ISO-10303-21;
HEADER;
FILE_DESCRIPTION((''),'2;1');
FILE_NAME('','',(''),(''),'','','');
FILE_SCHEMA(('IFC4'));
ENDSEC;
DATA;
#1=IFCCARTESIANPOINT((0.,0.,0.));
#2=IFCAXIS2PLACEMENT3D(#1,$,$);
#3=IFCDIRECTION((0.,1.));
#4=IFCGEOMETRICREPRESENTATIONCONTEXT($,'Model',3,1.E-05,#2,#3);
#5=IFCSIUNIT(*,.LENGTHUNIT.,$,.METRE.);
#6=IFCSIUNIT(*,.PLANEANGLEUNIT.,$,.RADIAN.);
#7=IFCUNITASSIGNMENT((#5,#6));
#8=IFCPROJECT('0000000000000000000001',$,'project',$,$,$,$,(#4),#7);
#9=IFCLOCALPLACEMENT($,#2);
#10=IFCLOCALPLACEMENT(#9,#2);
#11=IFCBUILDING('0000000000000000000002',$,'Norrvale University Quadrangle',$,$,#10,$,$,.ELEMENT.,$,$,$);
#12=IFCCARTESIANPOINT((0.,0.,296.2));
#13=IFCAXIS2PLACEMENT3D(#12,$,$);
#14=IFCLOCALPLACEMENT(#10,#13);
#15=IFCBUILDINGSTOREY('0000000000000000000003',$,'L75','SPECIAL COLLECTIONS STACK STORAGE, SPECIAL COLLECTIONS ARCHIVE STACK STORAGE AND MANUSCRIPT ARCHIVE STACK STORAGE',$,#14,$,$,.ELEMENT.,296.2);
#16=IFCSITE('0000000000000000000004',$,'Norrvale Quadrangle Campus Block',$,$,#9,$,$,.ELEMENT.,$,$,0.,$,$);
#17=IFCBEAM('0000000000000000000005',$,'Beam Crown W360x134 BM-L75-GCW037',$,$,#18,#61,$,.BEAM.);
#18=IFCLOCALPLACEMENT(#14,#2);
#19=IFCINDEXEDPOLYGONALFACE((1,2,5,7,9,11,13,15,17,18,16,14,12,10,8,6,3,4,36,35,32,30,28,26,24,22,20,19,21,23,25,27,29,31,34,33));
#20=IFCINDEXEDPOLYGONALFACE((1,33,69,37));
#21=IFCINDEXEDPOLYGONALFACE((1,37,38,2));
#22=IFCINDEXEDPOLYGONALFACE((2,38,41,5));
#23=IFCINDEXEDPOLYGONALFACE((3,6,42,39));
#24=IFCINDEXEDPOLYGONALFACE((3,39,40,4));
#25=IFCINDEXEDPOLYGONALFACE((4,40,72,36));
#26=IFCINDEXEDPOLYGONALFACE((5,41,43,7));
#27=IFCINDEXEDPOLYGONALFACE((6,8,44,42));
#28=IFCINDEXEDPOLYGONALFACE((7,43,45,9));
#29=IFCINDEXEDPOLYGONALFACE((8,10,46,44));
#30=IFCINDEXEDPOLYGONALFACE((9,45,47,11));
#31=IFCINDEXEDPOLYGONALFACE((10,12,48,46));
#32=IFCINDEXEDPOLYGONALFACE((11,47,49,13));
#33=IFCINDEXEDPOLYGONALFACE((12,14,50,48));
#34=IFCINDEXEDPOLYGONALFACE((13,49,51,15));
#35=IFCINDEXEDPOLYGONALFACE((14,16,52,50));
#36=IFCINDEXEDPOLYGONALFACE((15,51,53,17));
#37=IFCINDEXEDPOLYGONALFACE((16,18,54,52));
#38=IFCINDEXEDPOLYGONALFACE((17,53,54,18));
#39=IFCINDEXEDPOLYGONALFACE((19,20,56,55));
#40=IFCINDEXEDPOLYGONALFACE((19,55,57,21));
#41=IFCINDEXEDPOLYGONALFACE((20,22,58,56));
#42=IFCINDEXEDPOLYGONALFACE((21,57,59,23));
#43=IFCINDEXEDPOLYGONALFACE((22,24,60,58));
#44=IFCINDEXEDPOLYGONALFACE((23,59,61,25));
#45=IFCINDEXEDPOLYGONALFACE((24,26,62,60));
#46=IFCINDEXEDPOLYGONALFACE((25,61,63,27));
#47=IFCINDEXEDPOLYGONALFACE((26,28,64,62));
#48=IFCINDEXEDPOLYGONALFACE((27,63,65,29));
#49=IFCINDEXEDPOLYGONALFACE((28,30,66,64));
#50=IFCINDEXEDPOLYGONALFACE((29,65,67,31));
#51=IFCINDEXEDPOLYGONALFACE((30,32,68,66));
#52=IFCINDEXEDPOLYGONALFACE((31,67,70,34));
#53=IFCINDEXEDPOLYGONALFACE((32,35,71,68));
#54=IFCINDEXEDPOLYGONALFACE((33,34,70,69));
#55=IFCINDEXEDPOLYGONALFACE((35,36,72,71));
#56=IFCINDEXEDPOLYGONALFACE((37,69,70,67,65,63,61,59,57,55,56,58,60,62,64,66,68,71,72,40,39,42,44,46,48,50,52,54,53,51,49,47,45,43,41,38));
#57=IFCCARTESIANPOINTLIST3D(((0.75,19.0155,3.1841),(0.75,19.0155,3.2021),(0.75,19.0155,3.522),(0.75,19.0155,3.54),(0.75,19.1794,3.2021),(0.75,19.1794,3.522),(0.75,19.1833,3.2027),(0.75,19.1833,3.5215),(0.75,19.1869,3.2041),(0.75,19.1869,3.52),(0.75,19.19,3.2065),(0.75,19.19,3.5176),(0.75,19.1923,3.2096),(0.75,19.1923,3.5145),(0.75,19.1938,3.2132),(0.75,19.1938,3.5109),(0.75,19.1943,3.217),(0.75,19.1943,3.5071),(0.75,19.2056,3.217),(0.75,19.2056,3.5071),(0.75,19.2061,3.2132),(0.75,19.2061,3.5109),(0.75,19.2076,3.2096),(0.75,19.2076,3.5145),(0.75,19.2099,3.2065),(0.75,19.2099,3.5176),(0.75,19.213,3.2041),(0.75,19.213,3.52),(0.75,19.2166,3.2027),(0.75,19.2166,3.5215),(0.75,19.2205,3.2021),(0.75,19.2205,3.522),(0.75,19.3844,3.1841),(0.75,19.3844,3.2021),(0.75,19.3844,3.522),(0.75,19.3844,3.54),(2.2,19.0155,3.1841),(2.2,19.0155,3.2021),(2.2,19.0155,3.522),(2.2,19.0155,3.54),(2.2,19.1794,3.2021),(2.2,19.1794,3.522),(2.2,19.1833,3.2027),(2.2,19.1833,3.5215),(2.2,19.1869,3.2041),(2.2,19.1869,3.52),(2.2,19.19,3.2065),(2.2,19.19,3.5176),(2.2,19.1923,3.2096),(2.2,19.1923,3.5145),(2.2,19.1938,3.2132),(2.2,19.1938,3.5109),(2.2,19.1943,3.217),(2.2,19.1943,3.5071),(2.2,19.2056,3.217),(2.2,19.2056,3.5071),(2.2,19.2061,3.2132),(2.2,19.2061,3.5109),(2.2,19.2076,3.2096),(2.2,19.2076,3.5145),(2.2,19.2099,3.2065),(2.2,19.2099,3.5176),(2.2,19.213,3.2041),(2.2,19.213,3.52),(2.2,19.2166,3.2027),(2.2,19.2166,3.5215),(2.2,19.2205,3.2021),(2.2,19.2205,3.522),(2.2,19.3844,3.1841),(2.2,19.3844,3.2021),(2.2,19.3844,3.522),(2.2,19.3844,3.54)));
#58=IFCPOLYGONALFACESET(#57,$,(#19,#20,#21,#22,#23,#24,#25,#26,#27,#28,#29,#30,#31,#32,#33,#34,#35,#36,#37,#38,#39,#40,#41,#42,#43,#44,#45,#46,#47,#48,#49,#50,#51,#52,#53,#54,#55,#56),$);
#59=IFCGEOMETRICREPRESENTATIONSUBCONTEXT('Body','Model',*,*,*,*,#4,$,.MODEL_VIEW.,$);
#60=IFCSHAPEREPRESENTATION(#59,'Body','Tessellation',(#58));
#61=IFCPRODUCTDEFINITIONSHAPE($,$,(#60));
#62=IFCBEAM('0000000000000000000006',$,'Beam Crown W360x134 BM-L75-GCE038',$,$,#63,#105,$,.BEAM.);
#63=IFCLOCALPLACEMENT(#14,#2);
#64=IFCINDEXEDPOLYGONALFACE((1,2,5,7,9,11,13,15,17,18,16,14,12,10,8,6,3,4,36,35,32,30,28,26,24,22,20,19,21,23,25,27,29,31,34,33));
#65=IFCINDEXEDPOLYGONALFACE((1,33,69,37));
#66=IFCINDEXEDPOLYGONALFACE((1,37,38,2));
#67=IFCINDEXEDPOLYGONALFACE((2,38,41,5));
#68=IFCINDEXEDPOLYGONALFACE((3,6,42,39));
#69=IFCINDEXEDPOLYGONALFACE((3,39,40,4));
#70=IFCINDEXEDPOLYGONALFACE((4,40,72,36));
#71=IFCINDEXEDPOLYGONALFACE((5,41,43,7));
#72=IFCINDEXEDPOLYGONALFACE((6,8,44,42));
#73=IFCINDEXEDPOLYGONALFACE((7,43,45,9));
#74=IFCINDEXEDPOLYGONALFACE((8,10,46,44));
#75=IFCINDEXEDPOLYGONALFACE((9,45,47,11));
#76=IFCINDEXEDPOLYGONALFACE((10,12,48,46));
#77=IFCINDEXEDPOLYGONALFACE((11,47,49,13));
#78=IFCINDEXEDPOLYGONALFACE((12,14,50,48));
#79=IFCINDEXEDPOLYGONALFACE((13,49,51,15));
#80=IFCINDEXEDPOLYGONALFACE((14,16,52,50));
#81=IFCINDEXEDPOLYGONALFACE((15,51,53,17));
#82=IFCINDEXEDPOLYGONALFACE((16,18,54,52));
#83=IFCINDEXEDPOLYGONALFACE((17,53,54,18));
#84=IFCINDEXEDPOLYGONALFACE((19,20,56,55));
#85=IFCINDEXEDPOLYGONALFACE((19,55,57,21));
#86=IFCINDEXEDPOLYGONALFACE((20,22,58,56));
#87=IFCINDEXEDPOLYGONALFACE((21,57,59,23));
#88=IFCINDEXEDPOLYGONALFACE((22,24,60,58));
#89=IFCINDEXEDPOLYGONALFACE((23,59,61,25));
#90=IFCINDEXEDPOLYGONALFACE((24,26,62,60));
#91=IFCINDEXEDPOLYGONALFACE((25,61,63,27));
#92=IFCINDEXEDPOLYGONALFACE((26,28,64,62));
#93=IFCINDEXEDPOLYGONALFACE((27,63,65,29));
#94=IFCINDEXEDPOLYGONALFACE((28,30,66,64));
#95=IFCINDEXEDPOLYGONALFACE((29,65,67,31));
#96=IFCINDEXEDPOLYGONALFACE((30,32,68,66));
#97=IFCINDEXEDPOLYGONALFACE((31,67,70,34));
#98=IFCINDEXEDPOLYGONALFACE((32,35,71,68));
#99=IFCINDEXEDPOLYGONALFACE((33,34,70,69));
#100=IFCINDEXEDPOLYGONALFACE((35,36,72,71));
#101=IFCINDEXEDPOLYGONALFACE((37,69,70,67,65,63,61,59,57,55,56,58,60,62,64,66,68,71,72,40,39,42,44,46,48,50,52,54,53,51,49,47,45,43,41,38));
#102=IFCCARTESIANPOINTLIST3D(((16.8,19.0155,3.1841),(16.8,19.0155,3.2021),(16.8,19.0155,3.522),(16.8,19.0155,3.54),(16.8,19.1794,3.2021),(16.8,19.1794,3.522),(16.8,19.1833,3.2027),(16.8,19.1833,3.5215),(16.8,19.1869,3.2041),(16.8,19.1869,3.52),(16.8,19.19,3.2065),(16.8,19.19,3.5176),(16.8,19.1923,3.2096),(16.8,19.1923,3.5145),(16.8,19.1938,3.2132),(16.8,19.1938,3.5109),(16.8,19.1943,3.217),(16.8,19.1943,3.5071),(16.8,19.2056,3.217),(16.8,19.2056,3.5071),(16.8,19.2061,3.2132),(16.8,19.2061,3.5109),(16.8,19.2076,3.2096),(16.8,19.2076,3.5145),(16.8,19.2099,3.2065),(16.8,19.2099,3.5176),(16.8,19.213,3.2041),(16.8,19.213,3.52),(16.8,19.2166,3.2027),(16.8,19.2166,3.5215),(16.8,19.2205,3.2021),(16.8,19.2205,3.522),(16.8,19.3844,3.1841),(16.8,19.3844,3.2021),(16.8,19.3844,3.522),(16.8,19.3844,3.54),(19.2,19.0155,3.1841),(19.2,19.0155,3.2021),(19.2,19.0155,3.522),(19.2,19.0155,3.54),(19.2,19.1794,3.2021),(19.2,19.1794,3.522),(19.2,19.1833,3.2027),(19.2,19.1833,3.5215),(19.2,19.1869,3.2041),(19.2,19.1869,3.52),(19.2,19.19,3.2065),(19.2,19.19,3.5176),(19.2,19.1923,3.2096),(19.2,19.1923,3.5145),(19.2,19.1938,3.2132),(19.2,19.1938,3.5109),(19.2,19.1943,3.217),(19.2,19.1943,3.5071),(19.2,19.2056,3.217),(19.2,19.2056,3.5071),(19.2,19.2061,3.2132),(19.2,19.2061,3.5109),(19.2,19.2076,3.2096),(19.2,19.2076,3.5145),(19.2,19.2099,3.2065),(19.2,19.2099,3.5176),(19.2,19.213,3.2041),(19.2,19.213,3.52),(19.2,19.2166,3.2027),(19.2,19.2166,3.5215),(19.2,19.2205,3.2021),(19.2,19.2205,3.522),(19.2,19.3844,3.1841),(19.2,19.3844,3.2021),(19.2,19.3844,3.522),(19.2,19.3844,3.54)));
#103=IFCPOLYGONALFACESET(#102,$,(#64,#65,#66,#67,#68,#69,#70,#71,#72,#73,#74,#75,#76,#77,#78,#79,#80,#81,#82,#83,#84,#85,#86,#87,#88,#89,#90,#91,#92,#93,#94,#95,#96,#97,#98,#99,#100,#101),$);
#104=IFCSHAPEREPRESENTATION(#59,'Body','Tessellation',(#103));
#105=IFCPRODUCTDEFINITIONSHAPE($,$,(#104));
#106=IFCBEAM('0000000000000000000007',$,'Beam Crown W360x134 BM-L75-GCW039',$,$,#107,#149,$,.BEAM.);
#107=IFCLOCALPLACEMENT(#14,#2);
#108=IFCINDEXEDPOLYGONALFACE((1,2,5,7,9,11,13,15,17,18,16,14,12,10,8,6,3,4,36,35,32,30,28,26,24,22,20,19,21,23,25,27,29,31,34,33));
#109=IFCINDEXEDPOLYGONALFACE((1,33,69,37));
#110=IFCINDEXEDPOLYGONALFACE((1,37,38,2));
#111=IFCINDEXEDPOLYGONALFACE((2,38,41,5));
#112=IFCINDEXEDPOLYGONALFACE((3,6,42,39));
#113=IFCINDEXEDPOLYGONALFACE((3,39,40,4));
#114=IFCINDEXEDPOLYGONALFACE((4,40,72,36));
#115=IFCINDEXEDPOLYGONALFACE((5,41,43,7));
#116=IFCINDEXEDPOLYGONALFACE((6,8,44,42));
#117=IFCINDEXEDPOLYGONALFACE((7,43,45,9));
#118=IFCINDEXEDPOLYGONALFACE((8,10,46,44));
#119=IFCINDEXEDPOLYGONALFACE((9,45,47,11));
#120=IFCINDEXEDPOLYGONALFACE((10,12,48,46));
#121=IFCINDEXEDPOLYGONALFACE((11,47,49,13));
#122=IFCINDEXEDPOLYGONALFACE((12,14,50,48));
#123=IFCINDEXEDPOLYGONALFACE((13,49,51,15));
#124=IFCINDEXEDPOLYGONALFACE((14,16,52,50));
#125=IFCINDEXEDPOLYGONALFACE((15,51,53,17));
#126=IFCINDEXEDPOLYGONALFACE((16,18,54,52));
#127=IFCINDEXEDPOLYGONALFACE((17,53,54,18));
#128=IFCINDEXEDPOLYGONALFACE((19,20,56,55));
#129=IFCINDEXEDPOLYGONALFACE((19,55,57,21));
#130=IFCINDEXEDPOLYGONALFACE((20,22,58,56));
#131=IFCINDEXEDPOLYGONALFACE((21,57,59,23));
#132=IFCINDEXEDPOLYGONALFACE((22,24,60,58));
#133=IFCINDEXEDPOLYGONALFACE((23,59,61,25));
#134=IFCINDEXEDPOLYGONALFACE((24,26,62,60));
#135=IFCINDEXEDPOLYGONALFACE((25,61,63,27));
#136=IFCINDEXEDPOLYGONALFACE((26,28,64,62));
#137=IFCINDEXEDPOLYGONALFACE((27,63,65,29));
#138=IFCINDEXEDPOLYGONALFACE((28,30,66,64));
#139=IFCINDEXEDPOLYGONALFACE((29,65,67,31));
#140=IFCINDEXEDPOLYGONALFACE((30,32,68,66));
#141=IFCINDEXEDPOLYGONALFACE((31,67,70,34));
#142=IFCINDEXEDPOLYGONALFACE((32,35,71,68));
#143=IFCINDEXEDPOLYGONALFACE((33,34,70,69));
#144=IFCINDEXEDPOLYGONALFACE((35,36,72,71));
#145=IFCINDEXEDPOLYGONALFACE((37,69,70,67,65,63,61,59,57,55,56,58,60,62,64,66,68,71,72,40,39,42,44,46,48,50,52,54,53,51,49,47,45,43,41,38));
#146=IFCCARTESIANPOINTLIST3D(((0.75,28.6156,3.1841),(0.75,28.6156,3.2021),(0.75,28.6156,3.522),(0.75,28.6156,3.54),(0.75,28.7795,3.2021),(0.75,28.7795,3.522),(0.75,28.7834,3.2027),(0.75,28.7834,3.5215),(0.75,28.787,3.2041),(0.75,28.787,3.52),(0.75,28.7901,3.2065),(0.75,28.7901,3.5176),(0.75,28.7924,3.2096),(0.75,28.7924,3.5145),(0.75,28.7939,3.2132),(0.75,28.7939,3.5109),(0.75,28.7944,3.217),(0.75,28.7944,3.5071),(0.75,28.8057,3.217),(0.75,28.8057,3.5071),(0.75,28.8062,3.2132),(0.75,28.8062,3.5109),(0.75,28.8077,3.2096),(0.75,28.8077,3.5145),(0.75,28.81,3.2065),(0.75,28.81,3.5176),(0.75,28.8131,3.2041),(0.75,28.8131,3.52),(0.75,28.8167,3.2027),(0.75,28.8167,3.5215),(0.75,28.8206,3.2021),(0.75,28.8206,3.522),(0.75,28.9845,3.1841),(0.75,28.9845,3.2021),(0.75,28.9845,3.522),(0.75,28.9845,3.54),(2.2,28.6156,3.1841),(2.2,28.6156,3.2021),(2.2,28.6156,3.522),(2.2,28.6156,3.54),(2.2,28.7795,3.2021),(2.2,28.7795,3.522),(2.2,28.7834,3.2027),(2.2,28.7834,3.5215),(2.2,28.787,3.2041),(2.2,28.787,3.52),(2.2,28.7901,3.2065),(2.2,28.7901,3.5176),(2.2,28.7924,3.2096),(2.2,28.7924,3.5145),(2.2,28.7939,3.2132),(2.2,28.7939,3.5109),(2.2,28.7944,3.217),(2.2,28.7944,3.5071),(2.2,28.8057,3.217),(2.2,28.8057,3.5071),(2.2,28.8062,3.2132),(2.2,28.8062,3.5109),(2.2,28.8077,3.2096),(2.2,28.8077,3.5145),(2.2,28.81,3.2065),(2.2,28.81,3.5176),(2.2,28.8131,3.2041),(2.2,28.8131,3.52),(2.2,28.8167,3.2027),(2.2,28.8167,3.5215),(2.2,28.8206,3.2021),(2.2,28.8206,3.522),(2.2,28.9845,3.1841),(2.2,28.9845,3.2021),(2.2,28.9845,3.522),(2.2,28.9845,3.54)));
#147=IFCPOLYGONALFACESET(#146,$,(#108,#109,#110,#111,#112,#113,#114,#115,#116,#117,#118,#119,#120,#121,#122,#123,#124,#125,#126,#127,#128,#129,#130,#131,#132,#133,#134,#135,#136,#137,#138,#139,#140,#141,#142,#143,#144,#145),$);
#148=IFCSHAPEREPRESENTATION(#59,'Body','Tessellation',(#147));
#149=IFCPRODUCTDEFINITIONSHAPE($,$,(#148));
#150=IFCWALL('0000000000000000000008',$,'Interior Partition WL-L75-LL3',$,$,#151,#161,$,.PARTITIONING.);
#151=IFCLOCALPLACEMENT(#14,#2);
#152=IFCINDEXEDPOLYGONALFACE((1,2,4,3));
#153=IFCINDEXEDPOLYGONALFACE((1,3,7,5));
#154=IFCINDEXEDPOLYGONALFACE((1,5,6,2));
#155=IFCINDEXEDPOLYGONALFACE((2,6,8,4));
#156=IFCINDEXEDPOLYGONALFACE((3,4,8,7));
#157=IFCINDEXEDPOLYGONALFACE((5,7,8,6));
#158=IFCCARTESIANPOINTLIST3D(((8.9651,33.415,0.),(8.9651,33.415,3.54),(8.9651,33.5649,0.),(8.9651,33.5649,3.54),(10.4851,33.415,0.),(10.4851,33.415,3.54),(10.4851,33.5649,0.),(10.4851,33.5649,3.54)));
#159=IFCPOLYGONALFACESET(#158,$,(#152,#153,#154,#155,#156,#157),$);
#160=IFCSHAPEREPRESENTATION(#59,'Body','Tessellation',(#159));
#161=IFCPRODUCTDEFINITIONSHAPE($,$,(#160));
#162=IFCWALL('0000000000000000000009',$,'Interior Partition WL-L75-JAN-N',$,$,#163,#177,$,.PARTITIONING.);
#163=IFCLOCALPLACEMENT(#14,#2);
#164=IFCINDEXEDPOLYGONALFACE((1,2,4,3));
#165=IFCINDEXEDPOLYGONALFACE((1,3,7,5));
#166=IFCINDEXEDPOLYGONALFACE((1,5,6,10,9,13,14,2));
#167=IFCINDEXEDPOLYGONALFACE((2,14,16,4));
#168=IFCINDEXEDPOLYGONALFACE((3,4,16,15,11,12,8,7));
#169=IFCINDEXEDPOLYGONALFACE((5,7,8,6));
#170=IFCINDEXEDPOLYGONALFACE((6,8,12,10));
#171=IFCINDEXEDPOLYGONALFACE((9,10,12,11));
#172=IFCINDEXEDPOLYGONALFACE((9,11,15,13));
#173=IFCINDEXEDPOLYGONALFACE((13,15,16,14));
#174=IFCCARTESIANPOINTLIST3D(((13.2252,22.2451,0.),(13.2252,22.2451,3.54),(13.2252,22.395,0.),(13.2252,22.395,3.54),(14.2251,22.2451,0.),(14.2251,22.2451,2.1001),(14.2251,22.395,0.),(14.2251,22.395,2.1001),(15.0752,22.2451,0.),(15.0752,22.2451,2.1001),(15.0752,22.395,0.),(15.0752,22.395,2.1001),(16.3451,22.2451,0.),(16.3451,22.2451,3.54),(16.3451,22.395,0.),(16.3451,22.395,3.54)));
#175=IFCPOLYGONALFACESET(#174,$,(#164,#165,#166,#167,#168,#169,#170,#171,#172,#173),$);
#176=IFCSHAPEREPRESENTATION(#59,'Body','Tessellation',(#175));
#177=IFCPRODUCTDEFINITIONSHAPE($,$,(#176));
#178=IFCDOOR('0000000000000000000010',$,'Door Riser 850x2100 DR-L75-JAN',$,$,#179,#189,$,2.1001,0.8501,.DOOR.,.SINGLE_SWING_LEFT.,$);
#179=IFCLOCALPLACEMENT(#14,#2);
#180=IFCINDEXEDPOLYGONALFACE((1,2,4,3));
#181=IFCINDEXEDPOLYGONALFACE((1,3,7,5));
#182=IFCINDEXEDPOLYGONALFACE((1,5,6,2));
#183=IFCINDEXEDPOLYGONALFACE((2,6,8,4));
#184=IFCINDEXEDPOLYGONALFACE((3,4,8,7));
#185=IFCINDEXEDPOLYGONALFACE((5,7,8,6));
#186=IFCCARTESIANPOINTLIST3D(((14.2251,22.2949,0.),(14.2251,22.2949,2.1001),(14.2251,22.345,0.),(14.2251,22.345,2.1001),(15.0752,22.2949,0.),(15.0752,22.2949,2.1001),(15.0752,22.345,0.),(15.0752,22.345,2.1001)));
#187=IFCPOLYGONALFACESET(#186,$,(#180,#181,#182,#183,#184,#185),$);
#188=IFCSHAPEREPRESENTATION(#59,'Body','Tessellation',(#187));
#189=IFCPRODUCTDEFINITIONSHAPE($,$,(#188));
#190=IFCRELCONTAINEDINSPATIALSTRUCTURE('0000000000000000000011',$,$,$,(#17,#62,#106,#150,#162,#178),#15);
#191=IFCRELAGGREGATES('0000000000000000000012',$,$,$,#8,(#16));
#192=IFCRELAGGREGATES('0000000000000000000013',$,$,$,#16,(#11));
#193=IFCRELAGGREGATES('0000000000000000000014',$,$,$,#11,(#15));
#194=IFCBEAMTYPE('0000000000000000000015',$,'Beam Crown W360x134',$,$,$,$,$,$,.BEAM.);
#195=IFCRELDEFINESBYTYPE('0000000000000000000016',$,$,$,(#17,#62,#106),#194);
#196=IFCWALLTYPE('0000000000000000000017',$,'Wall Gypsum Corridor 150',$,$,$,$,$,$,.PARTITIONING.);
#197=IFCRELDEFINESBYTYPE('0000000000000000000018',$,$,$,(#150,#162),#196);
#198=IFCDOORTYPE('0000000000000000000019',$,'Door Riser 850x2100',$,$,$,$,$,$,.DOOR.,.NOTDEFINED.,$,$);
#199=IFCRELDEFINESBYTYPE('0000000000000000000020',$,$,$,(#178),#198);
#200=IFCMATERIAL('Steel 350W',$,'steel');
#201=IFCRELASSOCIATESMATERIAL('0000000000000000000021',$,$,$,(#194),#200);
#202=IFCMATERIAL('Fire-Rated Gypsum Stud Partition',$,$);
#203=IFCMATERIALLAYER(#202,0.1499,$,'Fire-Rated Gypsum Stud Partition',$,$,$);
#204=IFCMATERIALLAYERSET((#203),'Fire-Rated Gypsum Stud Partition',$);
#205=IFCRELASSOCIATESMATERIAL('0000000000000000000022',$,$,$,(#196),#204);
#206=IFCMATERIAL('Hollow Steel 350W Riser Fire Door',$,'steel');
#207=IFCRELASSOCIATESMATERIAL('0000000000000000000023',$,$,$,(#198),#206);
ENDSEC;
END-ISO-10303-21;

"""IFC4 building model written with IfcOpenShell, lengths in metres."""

from ifc_helpers import new_model, si_unit, direction, frame, frame_2d, origin, origin_2d, place, context, subcontext, project, spatial, rectangle, i_section, extrude, material, layer, layer_set, material_profile, profile_set, type_object, element, fill, save


model = new_model("IFC4")

# Units and contexts
model_context = context("Model", 3, precision=1e-05, world=origin(), true_north=direction((0.0, 1.0)))
body_context = subcontext(model_context, "Body", "Model", "MODEL_VIEW")
ifc_project = project(units=[si_unit("LENGTHUNIT", "METRE"), si_unit("PLANEANGLEUNIT", "RADIAN")], contexts=[model_context])

# Site, building, storey
site_placement = place(None, origin())
site = spatial("IfcSite", under=ifc_project, at=site_placement, Name="Norrvale Quadrangle Campus Block", CompositionType="ELEMENT", RefElevation=0.0)
building_placement = place(site_placement, origin())
building = spatial("IfcBuilding", under=site, at=building_placement, Name="Norrvale University Quadrangle", CompositionType="ELEMENT")
storey_placement = place(building_placement, frame((0.0, 0.0, 296.2)))
storey = spatial("IfcBuildingStorey", under=building, at=storey_placement, Name="L75", Description="SPECIAL COLLECTIONS STACK STORAGE, SPECIAL COLLECTIONS ARCHIVE STACK STORAGE AND MANUSCRIPT ARCHIVE STACK STORAGE", CompositionType="ELEMENT", Elevation=296.2)

# Beams
ifc_material_1 = material(Name="Steel 350W", Category="steel")
ifc_material_profile_1 = material_profile(ifc_material_1, i_section(OverallWidth=0.3689, OverallDepth=0.356, WebThickness=0.0112, FlangeThickness=0.0181, FilletRadius=0.0149, at=origin_2d()), Name="Steel 350W")
ifc_profile_set_1 = profile_set([ifc_material_profile_1], Name="Steel 350W")
beam_type_1 = type_object("IfcBeamType", Name="Beam Crown W360x134", PredefinedType="BEAM", material=ifc_profile_set_1)
beam_1_placement = place(storey_placement, frame((0.75, 19.2, 3.3621), z_axis=(1.0, 0.0, 0.0), x_axis=(0.0, 1.0, 0.0)))
element("IfcBeam", 1, at=beam_1_placement, inside=storey, type_object=beam_type_1, Name="Beam Crown W360x134 BM-L75-GCW037", PredefinedType="BEAM", context=body_context, shape_type="SweptSolid", body=[
    extrude(i_section(OverallWidth=0.3689, OverallDepth=0.356, WebThickness=0.0112, FlangeThickness=0.0181, FilletRadius=0.0149, at=origin_2d()), origin(), (0.0, 0.0, 1.0), 1.45),
])
beam_2_placement = place(storey_placement, frame((16.8, 19.2, 3.3621), z_axis=(1.0, 0.0, 0.0), x_axis=(0.0, 1.0, 0.0)))
element("IfcBeam", 2, at=beam_2_placement, inside=storey, type_object=beam_type_1, Name="Beam Crown W360x134 BM-L75-GCE038", PredefinedType="BEAM", context=body_context, shape_type="SweptSolid", body=[
    extrude(i_section(OverallWidth=0.3689, OverallDepth=0.356, WebThickness=0.0112, FlangeThickness=0.0181, FilletRadius=0.0149, at=origin_2d()), origin(), (0.0, 0.0, 1.0), 2.3999),
])
beam_3_placement = place(storey_placement, frame((0.75, 28.8, 3.3621), z_axis=(1.0, 0.0, 0.0), x_axis=(0.0, 1.0, 0.0)))
element("IfcBeam", 3, at=beam_3_placement, inside=storey, type_object=beam_type_1, Name="Beam Crown W360x134 BM-L75-GCW039", PredefinedType="BEAM", context=body_context, shape_type="SweptSolid", body=[
    extrude(i_section(OverallWidth=0.3689, OverallDepth=0.356, WebThickness=0.0112, FlangeThickness=0.0181, FilletRadius=0.0149, at=origin_2d()), origin(), (0.0, 0.0, 1.0), 1.45),
])

# Wall
ifc_material_2 = material(Name="Fire-Rated Gypsum Stud Partition")
ifc_layer_1 = layer(ifc_material_2, 0.1499, Name="Fire-Rated Gypsum Stud Partition")
ifc_layer_set_1 = layer_set([ifc_layer_1], Name="Fire-Rated Gypsum Stud Partition")
wall_type_1 = type_object("IfcWallType", Name="Wall Gypsum Corridor 150", PredefinedType="PARTITIONING", material=ifc_layer_set_1)
wall_1_placement = place(storey_placement, frame((8.9651, 33.49, 0.0), z_axis=(0.0, 0.0, 1.0), x_axis=(1.0, 0.0, 0.0)))
element("IfcWall", 4, at=wall_1_placement, inside=storey, type_object=wall_type_1, Name="Interior Partition WL-L75-LL3", PredefinedType="PARTITIONING", context=body_context, shape_type="SweptSolid", body=[
    extrude(rectangle(XDim=1.52, YDim=0.1499, at=frame_2d((0.76, 0.0))), origin(), (0.0, 0.0, 1.0), 3.54),
])

# Wall, opening, door
wall_2_placement = place(storey_placement, frame((13.2251, 22.3201, 0.0), z_axis=(0.0, 0.0, 1.0), x_axis=(1.0, 0.0, 0.0)))
wall_2 = element("IfcWall", 5, at=wall_2_placement, inside=storey, type_object=wall_type_1, Name="Interior Partition WL-L75-JAN-N", PredefinedType="PARTITIONING", context=body_context, shape_type="SweptSolid", body=[
    extrude(rectangle(XDim=3.1199, YDim=0.1499, at=frame_2d((1.5601, 0.0))), origin(), (0.0, 0.0, 1.0), 3.54),
])
opening_1_placement = place(wall_2_placement, frame((1.0, 0.0, 0.0)))
opening_1 = element("IfcOpeningElement", 6, at=opening_1_placement, cuts=wall_2, PredefinedType="OPENING", context=body_context, shape_type="SweptSolid", body=[
    extrude(rectangle(XDim=0.8501, YDim=2.1001, at=frame_2d((0.425, 1.05))), frame((0.0, 0.0869, 0.0), z_axis=(0.0, -1.0, 0.0), x_axis=(1.0, 0.0, 0.0)), (0.0, 0.0, 1.0), 0.1738),
])
ifc_material_3 = material(Name="Hollow Steel 350W Riser Fire Door", Category="steel")
door_type_1 = type_object("IfcDoorType", Name="Door Riser 850x2100", OperationType="NOTDEFINED", PredefinedType="DOOR", material=ifc_material_3)
door_1_placement = place(opening_1_placement, origin())
door_1 = element("IfcDoor", 7, at=door_1_placement, inside=storey, type_object=door_type_1, Name="Door Riser 850x2100 DR-L75-JAN", OperationType="SINGLE_SWING_LEFT", OverallHeight=2.1001, OverallWidth=0.8501, PredefinedType="DOOR", context=body_context, shape_type="SweptSolid", body=[
    extrude(rectangle(XDim=0.8501, YDim=2.1001, at=frame_2d((0.425, 1.05))), frame((0.0, 0.0249, 0.0), z_axis=(0.0, -1.0, 0.0), x_axis=(1.0, 0.0, 0.0)), (0.0, 0.0, 1.0), 0.05),
])
fill(opening_1, door_1)

save(model, "model.ifc")
